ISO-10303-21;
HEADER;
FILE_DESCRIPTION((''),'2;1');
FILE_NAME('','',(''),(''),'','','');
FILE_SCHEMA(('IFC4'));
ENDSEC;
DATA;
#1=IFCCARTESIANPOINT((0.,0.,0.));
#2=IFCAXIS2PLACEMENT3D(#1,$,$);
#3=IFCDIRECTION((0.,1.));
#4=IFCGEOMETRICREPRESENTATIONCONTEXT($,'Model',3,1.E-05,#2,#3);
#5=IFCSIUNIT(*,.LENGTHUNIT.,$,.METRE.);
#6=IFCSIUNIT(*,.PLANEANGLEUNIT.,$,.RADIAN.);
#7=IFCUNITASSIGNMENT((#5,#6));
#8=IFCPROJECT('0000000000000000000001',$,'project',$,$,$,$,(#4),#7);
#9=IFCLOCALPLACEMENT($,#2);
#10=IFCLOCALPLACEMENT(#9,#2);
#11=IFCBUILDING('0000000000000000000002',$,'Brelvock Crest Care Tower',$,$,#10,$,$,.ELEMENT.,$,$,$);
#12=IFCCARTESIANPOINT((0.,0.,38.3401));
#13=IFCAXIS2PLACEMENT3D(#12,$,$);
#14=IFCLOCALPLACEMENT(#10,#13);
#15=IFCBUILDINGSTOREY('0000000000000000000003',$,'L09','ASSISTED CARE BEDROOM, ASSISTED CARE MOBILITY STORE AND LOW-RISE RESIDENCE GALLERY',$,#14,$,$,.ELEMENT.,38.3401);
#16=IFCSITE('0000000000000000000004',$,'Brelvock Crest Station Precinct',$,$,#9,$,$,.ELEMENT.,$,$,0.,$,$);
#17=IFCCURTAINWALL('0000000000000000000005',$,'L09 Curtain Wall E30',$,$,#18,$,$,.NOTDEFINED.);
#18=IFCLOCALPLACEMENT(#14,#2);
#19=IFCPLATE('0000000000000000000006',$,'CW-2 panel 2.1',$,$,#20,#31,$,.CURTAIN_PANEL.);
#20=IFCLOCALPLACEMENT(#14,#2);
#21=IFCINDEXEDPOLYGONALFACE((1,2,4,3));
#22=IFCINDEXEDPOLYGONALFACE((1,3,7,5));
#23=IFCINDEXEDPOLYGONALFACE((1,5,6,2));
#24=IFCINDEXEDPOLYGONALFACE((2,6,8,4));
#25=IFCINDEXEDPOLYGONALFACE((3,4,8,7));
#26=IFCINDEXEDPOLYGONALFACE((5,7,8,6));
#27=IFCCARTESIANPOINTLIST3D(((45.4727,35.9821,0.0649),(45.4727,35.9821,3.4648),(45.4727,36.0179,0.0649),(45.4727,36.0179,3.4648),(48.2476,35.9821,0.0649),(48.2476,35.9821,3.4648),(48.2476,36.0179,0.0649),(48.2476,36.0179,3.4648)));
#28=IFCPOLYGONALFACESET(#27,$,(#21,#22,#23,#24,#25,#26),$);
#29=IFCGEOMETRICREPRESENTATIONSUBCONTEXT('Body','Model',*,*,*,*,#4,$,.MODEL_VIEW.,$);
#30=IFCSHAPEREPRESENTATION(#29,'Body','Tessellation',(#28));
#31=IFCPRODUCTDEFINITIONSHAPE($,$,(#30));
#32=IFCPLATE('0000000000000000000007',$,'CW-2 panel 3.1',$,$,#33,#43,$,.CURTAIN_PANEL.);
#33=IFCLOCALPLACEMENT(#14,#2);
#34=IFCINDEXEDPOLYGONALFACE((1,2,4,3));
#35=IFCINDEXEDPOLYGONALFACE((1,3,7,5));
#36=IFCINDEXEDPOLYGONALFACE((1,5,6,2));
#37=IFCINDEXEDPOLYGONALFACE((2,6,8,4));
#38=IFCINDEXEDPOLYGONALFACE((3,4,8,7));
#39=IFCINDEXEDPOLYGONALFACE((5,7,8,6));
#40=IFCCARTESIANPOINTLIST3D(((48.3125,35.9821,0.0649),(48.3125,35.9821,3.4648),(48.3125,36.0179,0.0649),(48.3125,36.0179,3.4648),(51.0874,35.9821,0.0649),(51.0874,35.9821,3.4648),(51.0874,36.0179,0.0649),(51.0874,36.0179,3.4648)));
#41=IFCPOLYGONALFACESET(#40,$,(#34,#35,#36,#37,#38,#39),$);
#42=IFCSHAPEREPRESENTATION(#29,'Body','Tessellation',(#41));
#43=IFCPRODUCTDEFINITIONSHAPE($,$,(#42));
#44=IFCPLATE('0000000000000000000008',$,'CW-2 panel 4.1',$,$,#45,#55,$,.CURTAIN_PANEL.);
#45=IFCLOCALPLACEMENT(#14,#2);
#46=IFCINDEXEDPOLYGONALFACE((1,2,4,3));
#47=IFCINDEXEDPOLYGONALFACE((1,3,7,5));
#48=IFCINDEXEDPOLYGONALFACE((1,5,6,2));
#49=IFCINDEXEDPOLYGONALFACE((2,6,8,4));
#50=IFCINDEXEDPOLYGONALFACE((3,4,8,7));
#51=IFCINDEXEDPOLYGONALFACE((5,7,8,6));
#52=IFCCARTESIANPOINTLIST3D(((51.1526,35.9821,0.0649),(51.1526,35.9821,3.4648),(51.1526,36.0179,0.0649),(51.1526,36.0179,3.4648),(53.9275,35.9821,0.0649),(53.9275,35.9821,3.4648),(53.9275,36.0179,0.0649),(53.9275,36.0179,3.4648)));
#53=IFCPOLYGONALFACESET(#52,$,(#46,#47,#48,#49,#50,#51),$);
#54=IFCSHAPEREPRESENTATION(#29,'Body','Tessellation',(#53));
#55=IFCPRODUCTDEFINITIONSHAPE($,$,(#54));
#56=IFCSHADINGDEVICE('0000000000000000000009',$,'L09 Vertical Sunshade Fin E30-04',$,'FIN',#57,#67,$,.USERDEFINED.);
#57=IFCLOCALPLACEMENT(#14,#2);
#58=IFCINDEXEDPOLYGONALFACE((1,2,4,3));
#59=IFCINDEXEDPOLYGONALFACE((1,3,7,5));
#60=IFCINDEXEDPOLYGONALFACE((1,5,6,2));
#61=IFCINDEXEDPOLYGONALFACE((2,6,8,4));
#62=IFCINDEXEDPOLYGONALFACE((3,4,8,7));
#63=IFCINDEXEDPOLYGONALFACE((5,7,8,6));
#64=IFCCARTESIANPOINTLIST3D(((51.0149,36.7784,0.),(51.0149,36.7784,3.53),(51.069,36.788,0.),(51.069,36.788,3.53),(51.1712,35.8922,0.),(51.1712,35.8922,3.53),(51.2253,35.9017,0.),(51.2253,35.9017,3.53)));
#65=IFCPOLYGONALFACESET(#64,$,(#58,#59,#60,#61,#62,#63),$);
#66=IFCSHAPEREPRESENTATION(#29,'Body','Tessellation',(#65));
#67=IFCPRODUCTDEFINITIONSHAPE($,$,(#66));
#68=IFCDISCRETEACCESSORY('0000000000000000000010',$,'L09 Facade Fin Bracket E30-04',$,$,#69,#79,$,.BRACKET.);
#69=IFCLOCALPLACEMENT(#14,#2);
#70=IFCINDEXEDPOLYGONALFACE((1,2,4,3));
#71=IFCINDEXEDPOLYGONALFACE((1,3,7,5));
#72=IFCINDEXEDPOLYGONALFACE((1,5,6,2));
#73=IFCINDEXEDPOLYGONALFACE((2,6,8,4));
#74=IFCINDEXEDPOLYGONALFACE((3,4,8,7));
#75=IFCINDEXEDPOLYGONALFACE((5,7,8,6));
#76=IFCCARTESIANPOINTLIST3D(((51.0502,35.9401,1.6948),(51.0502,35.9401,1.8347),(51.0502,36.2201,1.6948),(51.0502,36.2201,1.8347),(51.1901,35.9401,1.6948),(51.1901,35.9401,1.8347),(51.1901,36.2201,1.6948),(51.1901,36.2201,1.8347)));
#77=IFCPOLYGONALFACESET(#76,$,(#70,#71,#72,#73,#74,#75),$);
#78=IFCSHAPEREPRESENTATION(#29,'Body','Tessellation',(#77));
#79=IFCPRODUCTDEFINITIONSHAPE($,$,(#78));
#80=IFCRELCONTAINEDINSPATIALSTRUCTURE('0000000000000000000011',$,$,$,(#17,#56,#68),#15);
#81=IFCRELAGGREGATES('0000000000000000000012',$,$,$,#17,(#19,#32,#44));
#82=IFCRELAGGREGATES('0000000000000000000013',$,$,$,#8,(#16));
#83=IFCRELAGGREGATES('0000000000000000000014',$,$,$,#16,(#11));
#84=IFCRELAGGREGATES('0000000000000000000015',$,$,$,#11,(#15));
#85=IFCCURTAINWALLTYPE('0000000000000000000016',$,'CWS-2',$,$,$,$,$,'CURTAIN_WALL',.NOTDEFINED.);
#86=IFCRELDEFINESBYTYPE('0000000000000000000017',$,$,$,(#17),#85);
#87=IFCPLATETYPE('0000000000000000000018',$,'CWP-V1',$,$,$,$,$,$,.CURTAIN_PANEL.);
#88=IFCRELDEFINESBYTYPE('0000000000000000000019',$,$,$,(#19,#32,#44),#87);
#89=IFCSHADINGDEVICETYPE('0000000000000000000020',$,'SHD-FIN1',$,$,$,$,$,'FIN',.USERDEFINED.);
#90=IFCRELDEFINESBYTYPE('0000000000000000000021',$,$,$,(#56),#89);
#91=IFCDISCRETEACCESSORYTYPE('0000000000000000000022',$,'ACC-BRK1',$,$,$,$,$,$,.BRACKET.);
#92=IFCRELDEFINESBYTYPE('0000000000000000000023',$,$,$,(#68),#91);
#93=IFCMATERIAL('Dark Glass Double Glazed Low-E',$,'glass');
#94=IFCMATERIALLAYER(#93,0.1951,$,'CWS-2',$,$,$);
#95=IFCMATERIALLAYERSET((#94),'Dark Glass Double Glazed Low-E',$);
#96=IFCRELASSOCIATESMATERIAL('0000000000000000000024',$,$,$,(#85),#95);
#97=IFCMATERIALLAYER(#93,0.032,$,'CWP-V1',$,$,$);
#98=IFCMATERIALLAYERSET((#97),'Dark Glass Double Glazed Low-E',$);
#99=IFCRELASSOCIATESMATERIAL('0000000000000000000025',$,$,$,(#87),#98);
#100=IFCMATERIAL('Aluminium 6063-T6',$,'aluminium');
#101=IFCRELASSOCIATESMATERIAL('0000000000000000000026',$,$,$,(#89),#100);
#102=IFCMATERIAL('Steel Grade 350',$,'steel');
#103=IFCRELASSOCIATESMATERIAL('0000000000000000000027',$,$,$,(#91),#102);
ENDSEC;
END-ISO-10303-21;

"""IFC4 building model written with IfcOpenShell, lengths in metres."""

from ifc_helpers import new_model, si_unit, direction, frame, origin, origin_2d, place, context, subcontext, project, spatial, rectangle, extrude, source, transform, mapped, material, layer, layer_set, material_profile, profile_set, type_object, element, aggregate, save


model = new_model("IFC4")

# Units and contexts
model_context = context("Model", 3, precision=1e-05, world=origin(), true_north=direction((0.0, 1.0)))
body_context = subcontext(model_context, "Body", "Model", "MODEL_VIEW")
ifc_project = project(units=[si_unit("LENGTHUNIT", "METRE"), si_unit("PLANEANGLEUNIT", "RADIAN")], contexts=[model_context])

# Site, building, storey
site_placement = place(None, origin())
site = spatial("IfcSite", under=ifc_project, at=site_placement, Name="Brelvock Crest Station Precinct", CompositionType="ELEMENT", RefElevation=0.0)
building_placement = place(site_placement, origin())
building = spatial("IfcBuilding", under=site, at=building_placement, Name="Brelvock Crest Care Tower", CompositionType="ELEMENT")
storey_placement = place(building_placement, frame((0.0, 0.0, 38.3401)))
storey = spatial("IfcBuildingStorey", under=building, at=storey_placement, Name="L09", Description="ASSISTED CARE BEDROOM, ASSISTED CARE MOBILITY STORE AND LOW-RISE RESIDENCE GALLERY", CompositionType="ELEMENT", Elevation=38.3401)

# Curtain wall, plates
ifc_material_1 = material(Name="Dark Glass Double Glazed Low-E", Category="glass")
ifc_layer_1 = layer(ifc_material_1, 0.1951, Name="CWS-2")
ifc_layer_set_1 = layer_set([ifc_layer_1], Name="Dark Glass Double Glazed Low-E")
curtain_wall_type = type_object("IfcCurtainWallType", Name="CWS-2", ElementType="CURTAIN_WALL", PredefinedType="NOTDEFINED", material=ifc_layer_set_1)
curtain_wall_placement = place(storey_placement, origin())
curtain_wall = element("IfcCurtainWall", 1, at=curtain_wall_placement, inside=storey, type_object=curtain_wall_type, Name="L09 Curtain Wall E30", PredefinedType="NOTDEFINED")
ifc_material_2 = material(Name="Aluminium 6063-T6", Category="aluminium")
ifc_layer_2 = layer(ifc_material_1, 0.032, Name="CWP-V1")
ifc_layer_set_2 = layer_set([ifc_layer_2], Name="Dark Glass Double Glazed Low-E")
plate_type = type_object("IfcPlateType", Name="CWP-V1", PredefinedType="CURTAIN_PANEL", material=ifc_layer_set_2)
shared_shape_1 = source(origin(), body_context, "Body", "SweptSolid", [
    extrude(rectangle(XDim=2.7749, YDim=0.0359, at=origin_2d()), origin(), (0.0, 0.0, 1.0), 3.3999),
])
plate_1_placement = place(storey_placement, frame((46.8601, 36.0, 0.0649), z_axis=(0.0, 0.0, 1.0), x_axis=(1.0, 0.0, 0.0)))
plate_1 = element("IfcPlate", 2, at=plate_1_placement, type_object=plate_type, Name="CW-2 panel 2.1", PredefinedType="CURTAIN_PANEL", context=body_context, shape_type="MappedRepresentation", body=[
    mapped(shared_shape_1, transform((0.0, 0.0, 0.0), x_axis=(1.0, 0.0, 0.0), y_axis=(0.0, 1.0, 0.0), z_axis=(0.0, 0.0, 1.0), scale=1.0)),
])
plate_2_placement = place(storey_placement, frame((49.7, 36.0, 0.0649), z_axis=(0.0, 0.0, 1.0), x_axis=(1.0, 0.0, 0.0)))
plate_2 = element("IfcPlate", 3, at=plate_2_placement, type_object=plate_type, Name="CW-2 panel 3.1", PredefinedType="CURTAIN_PANEL", context=body_context, shape_type="MappedRepresentation", body=[
    mapped(shared_shape_1, transform((0.0, 0.0, 0.0), x_axis=(1.0, 0.0, 0.0), y_axis=(0.0, 1.0, 0.0), z_axis=(0.0, 0.0, 1.0), scale=1.0)),
])
plate_3_placement = place(storey_placement, frame((52.54, 36.0, 0.0649), z_axis=(0.0, 0.0, 1.0), x_axis=(1.0, 0.0, 0.0)))
plate_3 = element("IfcPlate", 4, at=plate_3_placement, type_object=plate_type, Name="CW-2 panel 4.1", PredefinedType="CURTAIN_PANEL", context=body_context, shape_type="MappedRepresentation", body=[
    mapped(shared_shape_1, transform((0.0, 0.0, 0.0), x_axis=(1.0, 0.0, 0.0), y_axis=(0.0, 1.0, 0.0), z_axis=(0.0, 0.0, 1.0), scale=1.0)),
])
aggregate(curtain_wall, [plate_1, plate_2, plate_3])

# Shading device
ifc_material_profile_1 = material_profile(ifc_material_2, rectangle(XDim=0.0549, YDim=0.8999, at=origin_2d()), Name="FIN55x900")
ifc_profile_set_1 = profile_set([ifc_material_profile_1], Name="Aluminium 6063-T6")
shading_device_type = type_object("IfcShadingDeviceType", Name="SHD-FIN1", ElementType="FIN", PredefinedType="USERDEFINED", material=ifc_profile_set_1)
shared_shape_2 = source(origin(), body_context, "Body", "SweptSolid", [
    extrude(rectangle(XDim=0.0549, YDim=0.8999, at=origin_2d()), origin(), (0.0, 0.0, 1.0), 3.53),
])
shading_device_placement = place(storey_placement, frame((51.1201, 36.3401, 0.0), z_axis=(0.0, 0.0, 1.0), x_axis=(0.984808, 0.173648, 0.0)))
element("IfcShadingDevice", 5, at=shading_device_placement, inside=storey, type_object=shading_device_type, Name="L09 Vertical Sunshade Fin E30-04", ObjectType="FIN", PredefinedType="USERDEFINED", context=body_context, shape_type="MappedRepresentation", body=[
    mapped(shared_shape_2, transform((0.0, 0.0, 0.0), x_axis=(1.0, 0.0, 0.0), y_axis=(0.0, 1.0, 0.0), z_axis=(0.0, 0.0, 1.0), scale=1.0)),
])

# Discrete accessory
ifc_material_3 = material(Name="Steel Grade 350", Category="steel")
discrete_accessory_type = type_object("IfcDiscreteAccessoryType", Name="ACC-BRK1", PredefinedType="BRACKET", material=ifc_material_3)
shared_shape_3 = source(origin(), body_context, "Body", "SweptSolid", [
    extrude(rectangle(XDim=0.28, YDim=0.1399, at=origin_2d()), origin(), (0.0, 0.0, 1.0), 0.1399),
])
discrete_accessory_placement = place(storey_placement, frame((51.1201, 36.0801, 1.6948), z_axis=(0.0, 0.0, 1.0), x_axis=(0.0, 1.0, 0.0)))
element("IfcDiscreteAccessory", 6, at=discrete_accessory_placement, inside=storey, type_object=discrete_accessory_type, Name="L09 Facade Fin Bracket E30-04", PredefinedType="BRACKET", context=body_context, shape_type="MappedRepresentation", body=[
    mapped(shared_shape_3, transform((0.0, 0.0, 0.0), x_axis=(1.0, 0.0, 0.0), y_axis=(0.0, 1.0, 0.0), z_axis=(0.0, 0.0, 1.0), scale=1.0)),
])

save(model, "model.ifc")
